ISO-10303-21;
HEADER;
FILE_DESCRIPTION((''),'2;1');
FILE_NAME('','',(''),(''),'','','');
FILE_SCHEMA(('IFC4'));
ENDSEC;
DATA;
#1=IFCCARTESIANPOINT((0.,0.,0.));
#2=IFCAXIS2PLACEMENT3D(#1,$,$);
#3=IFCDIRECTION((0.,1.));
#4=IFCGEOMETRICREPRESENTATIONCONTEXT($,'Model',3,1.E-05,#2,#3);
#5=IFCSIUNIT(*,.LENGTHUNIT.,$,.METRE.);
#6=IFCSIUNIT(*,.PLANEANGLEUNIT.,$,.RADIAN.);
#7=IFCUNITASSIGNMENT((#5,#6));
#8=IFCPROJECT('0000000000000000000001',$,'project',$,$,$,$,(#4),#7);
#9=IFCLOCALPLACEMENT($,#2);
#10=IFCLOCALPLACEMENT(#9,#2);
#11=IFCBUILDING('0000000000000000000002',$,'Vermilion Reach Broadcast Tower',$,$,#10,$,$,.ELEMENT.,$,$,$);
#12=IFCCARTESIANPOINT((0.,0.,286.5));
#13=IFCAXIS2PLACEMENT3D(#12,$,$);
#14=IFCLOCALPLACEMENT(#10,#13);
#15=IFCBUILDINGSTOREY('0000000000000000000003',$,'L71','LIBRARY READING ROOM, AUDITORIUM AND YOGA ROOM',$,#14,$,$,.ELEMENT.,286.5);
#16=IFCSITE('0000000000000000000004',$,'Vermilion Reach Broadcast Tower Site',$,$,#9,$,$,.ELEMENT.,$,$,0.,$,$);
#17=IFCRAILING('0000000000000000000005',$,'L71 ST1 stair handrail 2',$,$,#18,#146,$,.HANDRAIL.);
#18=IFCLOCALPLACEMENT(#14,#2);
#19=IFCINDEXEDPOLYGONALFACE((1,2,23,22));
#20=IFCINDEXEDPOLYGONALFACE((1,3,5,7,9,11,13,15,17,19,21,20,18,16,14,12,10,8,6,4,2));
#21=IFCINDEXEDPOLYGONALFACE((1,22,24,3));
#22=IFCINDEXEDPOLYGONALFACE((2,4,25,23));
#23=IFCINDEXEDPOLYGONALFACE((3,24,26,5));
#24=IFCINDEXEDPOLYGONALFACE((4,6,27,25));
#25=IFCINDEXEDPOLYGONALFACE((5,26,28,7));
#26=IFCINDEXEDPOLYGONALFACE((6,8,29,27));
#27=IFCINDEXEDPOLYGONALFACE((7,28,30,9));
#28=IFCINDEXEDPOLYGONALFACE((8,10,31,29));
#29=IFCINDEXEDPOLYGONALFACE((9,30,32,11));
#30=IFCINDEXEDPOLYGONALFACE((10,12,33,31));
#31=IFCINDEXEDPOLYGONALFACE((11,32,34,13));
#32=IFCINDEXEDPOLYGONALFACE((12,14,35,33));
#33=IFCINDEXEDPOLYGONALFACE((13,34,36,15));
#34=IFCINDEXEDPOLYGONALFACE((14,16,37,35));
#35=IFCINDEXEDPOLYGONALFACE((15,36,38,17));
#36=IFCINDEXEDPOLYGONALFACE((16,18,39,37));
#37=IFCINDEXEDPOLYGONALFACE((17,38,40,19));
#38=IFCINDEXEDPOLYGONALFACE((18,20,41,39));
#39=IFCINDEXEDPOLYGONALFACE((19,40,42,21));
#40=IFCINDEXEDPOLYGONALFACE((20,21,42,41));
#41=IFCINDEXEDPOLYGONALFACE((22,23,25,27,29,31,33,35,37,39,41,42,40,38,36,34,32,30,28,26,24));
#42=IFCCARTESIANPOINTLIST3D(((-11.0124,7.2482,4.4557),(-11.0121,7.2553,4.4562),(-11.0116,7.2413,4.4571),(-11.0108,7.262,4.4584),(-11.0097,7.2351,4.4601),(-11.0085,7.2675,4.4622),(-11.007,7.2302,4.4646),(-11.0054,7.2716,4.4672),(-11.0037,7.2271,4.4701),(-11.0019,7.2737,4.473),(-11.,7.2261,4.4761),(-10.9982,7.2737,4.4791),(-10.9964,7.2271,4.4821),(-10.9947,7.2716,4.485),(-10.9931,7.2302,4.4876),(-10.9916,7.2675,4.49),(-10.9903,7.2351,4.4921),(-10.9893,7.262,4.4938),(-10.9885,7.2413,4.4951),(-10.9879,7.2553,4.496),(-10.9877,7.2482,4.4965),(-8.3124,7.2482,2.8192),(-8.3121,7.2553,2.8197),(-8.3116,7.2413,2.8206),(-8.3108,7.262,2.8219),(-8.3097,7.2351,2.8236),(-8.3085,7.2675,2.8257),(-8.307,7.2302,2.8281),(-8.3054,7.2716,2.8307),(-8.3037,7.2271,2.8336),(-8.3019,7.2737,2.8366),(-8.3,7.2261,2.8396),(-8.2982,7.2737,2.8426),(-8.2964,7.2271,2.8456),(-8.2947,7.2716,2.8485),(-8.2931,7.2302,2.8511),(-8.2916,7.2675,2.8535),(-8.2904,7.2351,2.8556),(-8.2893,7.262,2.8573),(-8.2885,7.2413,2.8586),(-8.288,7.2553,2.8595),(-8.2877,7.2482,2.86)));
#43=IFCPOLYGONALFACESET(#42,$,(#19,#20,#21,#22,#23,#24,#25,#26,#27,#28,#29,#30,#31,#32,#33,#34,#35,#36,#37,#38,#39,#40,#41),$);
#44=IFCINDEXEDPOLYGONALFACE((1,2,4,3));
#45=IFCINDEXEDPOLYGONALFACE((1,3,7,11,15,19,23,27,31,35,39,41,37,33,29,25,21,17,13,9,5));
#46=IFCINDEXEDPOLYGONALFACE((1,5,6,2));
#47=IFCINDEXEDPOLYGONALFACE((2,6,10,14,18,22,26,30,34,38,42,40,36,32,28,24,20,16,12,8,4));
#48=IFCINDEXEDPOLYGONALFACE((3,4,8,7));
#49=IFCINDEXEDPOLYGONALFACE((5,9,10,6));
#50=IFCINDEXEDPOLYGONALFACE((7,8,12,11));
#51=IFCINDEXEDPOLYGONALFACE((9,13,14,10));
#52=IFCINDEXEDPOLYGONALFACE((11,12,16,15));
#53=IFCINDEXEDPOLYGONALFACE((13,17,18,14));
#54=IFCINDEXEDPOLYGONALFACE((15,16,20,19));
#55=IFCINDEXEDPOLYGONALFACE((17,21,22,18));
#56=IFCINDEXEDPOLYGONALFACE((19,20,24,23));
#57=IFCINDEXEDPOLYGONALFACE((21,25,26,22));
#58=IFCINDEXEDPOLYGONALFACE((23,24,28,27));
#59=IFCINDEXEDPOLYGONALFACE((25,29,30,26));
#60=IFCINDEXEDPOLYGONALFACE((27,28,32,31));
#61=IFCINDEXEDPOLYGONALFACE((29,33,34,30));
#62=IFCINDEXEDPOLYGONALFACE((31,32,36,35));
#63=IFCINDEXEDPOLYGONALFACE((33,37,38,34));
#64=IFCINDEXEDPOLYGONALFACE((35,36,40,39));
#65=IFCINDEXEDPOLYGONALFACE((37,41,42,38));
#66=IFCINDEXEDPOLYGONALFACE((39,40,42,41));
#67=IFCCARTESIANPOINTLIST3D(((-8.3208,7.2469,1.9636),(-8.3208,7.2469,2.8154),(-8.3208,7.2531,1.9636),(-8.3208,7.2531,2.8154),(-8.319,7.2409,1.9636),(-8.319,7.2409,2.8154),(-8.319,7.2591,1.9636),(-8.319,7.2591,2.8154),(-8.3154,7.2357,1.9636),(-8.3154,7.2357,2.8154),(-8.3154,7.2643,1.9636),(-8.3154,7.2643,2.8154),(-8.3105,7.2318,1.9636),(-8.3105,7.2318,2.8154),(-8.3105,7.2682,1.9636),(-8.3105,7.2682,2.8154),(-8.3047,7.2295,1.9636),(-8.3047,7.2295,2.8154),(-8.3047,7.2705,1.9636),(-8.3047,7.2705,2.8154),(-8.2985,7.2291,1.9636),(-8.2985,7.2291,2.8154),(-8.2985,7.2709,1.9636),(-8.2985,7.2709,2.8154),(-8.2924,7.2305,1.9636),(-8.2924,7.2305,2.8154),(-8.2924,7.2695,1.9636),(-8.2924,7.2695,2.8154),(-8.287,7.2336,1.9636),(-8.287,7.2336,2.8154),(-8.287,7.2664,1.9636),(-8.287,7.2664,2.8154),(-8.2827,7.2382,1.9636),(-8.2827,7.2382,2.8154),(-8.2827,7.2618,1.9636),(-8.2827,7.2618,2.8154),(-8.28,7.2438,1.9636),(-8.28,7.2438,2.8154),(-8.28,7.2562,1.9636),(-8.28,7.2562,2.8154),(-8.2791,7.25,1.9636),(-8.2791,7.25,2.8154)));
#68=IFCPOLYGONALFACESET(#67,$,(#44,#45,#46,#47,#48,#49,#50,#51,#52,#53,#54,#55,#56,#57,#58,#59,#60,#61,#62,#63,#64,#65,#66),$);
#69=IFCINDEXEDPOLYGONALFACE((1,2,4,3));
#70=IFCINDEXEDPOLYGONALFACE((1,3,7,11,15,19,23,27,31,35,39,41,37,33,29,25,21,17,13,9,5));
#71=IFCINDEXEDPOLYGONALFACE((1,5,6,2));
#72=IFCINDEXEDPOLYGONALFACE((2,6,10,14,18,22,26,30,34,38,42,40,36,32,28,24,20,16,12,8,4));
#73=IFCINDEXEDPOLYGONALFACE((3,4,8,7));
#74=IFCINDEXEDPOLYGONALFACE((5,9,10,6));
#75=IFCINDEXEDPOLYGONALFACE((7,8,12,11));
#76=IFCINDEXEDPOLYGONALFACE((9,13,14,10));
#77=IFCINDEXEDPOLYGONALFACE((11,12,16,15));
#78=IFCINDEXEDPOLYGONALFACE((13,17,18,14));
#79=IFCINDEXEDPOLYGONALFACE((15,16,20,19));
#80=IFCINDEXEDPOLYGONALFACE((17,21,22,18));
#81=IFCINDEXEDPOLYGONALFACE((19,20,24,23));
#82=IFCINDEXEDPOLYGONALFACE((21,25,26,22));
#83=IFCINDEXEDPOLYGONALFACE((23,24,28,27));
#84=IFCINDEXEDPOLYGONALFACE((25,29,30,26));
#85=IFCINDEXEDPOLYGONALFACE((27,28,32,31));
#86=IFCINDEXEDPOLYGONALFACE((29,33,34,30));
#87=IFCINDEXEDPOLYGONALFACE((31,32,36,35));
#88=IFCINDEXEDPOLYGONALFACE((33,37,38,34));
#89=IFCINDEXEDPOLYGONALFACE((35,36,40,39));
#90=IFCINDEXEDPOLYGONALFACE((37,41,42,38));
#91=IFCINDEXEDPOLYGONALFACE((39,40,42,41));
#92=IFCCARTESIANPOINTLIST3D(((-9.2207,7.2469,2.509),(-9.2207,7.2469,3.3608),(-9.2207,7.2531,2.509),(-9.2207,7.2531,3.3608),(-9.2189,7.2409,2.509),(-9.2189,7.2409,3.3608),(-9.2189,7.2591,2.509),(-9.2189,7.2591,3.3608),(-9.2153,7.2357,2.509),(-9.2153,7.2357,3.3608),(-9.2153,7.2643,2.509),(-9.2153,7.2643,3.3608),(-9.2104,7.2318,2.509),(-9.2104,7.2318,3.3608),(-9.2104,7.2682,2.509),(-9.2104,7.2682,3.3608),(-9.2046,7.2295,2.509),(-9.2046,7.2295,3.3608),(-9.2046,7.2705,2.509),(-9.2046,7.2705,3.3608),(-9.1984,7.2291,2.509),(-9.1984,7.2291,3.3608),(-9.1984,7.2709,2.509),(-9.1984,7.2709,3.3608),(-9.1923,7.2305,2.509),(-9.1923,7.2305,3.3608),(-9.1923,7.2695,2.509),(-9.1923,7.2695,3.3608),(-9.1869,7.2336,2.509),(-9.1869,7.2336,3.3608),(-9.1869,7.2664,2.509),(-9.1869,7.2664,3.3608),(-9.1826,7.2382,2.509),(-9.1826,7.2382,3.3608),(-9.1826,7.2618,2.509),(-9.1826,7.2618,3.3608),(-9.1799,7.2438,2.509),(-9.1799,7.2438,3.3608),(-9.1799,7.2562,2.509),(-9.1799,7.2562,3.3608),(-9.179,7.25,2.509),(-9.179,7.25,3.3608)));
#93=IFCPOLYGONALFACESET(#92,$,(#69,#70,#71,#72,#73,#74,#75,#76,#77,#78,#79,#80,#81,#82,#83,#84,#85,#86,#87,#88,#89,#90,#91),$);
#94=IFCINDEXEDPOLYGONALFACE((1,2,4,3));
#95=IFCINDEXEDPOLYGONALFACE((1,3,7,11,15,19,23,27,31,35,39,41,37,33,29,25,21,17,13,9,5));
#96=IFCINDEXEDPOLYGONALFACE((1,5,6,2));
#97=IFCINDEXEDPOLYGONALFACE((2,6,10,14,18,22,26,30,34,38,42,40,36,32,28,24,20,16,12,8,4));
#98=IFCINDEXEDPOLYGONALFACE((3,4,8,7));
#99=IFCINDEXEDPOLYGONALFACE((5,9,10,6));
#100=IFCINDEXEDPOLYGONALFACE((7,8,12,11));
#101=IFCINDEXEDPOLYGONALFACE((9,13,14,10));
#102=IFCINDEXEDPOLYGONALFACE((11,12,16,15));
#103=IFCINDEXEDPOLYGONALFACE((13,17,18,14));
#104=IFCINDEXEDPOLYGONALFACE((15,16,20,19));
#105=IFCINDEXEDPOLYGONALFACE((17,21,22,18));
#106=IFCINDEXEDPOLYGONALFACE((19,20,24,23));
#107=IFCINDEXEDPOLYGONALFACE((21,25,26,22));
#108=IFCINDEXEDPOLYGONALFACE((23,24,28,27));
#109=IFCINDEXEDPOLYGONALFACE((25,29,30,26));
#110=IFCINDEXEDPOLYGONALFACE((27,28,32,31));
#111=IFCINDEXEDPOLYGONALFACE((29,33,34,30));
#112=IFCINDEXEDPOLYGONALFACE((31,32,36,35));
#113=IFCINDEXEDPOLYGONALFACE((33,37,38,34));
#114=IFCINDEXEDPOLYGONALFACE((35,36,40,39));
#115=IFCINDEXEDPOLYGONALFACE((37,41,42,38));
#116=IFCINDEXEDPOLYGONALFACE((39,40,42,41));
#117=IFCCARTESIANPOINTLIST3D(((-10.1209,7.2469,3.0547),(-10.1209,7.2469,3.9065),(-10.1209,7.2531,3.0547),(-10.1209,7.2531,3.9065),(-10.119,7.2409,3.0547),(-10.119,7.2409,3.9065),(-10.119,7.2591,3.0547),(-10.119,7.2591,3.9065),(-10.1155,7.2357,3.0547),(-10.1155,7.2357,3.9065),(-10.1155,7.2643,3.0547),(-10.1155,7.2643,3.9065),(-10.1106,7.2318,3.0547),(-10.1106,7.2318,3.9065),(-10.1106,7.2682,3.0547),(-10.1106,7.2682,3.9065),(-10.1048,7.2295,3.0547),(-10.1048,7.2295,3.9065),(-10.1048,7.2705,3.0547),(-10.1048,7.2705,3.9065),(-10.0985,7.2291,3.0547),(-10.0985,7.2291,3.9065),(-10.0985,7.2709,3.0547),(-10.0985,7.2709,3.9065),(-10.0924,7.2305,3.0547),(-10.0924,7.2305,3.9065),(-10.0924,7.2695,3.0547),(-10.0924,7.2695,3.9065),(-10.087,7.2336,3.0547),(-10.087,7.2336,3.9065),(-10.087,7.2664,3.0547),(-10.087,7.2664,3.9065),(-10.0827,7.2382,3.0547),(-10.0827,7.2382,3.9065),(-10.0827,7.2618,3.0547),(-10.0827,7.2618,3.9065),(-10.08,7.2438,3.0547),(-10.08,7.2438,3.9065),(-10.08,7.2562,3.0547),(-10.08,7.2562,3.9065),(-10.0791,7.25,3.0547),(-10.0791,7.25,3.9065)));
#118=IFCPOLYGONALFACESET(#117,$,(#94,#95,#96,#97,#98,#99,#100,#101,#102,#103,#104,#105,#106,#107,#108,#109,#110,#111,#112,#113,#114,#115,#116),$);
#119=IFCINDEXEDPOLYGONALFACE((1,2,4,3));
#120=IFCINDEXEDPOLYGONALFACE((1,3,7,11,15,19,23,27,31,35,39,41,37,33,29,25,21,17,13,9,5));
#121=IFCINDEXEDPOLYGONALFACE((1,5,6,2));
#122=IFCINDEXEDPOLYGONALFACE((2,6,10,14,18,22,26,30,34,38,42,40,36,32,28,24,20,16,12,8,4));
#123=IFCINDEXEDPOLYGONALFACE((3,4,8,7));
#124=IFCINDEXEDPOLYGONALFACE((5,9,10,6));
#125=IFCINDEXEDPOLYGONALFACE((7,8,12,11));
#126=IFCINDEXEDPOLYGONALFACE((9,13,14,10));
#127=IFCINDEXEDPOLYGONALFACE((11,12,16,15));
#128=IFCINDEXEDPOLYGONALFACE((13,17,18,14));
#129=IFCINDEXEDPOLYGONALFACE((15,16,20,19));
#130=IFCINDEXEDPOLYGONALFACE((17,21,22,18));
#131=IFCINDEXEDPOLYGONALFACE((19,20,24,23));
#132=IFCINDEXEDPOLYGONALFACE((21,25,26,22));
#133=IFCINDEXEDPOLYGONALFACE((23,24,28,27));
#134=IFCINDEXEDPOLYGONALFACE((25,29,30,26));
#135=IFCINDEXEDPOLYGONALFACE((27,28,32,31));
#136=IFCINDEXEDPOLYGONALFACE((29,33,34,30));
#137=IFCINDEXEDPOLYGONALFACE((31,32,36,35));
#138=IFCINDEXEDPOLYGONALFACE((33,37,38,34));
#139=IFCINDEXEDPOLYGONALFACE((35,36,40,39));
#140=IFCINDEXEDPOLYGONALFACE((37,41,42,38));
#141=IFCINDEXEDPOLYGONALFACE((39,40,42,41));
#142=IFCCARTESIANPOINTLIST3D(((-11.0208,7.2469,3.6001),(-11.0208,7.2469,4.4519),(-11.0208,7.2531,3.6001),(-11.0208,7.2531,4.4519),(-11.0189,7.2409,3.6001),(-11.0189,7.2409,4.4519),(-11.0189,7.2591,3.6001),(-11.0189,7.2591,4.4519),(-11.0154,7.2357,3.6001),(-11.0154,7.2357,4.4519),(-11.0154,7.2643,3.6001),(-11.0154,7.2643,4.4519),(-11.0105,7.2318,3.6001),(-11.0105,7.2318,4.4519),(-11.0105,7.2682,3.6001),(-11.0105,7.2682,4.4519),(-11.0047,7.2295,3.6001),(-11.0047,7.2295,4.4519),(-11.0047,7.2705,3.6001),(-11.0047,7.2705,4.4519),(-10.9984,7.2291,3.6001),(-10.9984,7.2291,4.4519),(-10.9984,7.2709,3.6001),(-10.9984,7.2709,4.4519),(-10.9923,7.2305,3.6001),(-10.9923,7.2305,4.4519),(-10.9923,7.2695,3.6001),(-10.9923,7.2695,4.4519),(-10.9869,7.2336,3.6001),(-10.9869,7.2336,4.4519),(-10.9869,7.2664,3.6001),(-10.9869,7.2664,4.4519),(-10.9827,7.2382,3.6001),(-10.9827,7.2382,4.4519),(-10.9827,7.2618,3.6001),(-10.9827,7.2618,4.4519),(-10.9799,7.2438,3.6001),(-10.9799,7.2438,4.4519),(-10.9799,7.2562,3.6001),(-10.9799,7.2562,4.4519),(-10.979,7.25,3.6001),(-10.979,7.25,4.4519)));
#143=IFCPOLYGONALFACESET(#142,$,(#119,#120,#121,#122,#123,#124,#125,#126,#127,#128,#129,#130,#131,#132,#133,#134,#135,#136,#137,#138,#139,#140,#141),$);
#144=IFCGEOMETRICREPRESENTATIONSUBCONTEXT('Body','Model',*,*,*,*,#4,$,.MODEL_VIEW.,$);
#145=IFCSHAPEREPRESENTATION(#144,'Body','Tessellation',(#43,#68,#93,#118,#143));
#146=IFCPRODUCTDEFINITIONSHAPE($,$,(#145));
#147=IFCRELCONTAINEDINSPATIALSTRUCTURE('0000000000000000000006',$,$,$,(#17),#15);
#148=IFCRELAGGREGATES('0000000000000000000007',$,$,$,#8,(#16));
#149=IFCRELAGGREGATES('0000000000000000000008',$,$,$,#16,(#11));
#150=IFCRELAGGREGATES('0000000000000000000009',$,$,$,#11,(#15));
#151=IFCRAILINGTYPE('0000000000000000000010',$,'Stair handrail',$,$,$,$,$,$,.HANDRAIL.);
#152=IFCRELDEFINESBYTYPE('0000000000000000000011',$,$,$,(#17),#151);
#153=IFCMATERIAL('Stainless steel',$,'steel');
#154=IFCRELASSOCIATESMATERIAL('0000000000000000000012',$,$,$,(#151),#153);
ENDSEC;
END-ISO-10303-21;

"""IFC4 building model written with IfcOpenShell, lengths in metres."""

from ifc_helpers import new_model, si_unit, direction, frame, origin, origin_2d, place, context, subcontext, project, spatial, circle, extrude, material, type_object, element, save


model = new_model("IFC4")

# Units and contexts
model_context = context("Model", 3, precision=1e-05, world=origin(), true_north=direction((0.0, 1.0)))
body_context = subcontext(model_context, "Body", "Model", "MODEL_VIEW")
ifc_project = project(units=[si_unit("LENGTHUNIT", "METRE"), si_unit("PLANEANGLEUNIT", "RADIAN")], contexts=[model_context])

# Site, building, storey
site_placement = place(None, origin())
site = spatial("IfcSite", under=ifc_project, at=site_placement, Name="Vermilion Reach Broadcast Tower Site", CompositionType="ELEMENT", RefElevation=0.0)
building_placement = place(site_placement, origin())
building = spatial("IfcBuilding", under=site, at=building_placement, Name="Vermilion Reach Broadcast Tower", CompositionType="ELEMENT")
storey_placement = place(building_placement, frame((0.0, 0.0, 286.5)))
storey = spatial("IfcBuildingStorey", under=building, at=storey_placement, Name="L71", Description="LIBRARY READING ROOM, AUDITORIUM AND YOGA ROOM", CompositionType="ELEMENT", Elevation=286.5)

# Railing
ifc_material_1 = material(Name="Stainless steel", Category="steel")
railing_type_1 = type_object("IfcRailingType", Name="Stair handrail", PredefinedType="HANDRAIL", material=ifc_material_1)
railing_1_placement = place(storey_placement, frame((-8.3, 7.25, 1.9636)))
element("IfcRailing", 1, at=railing_1_placement, inside=storey, type_object=railing_type_1, Name="L71 ST1 stair handrail 2", PredefinedType="HANDRAIL", context=body_context, shape_type="SweptSolid", body=[
    extrude(circle(Radius=0.0239, at=origin_2d()), frame((0.0, 0.0, 0.876), z_axis=(-0.855178, 0.0, 0.518334), x_axis=(0.0, -1.0, 0.0)), (0.0, 0.0, 1.0), 3.1572),
    extrude(circle(Radius=0.021, at=origin_2d()), origin(), (0.0, 0.0, 1.0), 0.8518),
    extrude(circle(Radius=0.021, at=origin_2d()), frame((-0.8999, 0.0, 0.5454)), (0.0, 0.0, 1.0), 0.8518),
    extrude(circle(Radius=0.021, at=origin_2d()), frame((-1.8, 0.0, 1.0911)), (0.0, 0.0, 1.0), 0.8518),
    extrude(circle(Radius=0.021, at=origin_2d()), frame((-2.7, 0.0, 1.6365)), (0.0, 0.0, 1.0), 0.8518),
])

save(model, "model.ifc")
